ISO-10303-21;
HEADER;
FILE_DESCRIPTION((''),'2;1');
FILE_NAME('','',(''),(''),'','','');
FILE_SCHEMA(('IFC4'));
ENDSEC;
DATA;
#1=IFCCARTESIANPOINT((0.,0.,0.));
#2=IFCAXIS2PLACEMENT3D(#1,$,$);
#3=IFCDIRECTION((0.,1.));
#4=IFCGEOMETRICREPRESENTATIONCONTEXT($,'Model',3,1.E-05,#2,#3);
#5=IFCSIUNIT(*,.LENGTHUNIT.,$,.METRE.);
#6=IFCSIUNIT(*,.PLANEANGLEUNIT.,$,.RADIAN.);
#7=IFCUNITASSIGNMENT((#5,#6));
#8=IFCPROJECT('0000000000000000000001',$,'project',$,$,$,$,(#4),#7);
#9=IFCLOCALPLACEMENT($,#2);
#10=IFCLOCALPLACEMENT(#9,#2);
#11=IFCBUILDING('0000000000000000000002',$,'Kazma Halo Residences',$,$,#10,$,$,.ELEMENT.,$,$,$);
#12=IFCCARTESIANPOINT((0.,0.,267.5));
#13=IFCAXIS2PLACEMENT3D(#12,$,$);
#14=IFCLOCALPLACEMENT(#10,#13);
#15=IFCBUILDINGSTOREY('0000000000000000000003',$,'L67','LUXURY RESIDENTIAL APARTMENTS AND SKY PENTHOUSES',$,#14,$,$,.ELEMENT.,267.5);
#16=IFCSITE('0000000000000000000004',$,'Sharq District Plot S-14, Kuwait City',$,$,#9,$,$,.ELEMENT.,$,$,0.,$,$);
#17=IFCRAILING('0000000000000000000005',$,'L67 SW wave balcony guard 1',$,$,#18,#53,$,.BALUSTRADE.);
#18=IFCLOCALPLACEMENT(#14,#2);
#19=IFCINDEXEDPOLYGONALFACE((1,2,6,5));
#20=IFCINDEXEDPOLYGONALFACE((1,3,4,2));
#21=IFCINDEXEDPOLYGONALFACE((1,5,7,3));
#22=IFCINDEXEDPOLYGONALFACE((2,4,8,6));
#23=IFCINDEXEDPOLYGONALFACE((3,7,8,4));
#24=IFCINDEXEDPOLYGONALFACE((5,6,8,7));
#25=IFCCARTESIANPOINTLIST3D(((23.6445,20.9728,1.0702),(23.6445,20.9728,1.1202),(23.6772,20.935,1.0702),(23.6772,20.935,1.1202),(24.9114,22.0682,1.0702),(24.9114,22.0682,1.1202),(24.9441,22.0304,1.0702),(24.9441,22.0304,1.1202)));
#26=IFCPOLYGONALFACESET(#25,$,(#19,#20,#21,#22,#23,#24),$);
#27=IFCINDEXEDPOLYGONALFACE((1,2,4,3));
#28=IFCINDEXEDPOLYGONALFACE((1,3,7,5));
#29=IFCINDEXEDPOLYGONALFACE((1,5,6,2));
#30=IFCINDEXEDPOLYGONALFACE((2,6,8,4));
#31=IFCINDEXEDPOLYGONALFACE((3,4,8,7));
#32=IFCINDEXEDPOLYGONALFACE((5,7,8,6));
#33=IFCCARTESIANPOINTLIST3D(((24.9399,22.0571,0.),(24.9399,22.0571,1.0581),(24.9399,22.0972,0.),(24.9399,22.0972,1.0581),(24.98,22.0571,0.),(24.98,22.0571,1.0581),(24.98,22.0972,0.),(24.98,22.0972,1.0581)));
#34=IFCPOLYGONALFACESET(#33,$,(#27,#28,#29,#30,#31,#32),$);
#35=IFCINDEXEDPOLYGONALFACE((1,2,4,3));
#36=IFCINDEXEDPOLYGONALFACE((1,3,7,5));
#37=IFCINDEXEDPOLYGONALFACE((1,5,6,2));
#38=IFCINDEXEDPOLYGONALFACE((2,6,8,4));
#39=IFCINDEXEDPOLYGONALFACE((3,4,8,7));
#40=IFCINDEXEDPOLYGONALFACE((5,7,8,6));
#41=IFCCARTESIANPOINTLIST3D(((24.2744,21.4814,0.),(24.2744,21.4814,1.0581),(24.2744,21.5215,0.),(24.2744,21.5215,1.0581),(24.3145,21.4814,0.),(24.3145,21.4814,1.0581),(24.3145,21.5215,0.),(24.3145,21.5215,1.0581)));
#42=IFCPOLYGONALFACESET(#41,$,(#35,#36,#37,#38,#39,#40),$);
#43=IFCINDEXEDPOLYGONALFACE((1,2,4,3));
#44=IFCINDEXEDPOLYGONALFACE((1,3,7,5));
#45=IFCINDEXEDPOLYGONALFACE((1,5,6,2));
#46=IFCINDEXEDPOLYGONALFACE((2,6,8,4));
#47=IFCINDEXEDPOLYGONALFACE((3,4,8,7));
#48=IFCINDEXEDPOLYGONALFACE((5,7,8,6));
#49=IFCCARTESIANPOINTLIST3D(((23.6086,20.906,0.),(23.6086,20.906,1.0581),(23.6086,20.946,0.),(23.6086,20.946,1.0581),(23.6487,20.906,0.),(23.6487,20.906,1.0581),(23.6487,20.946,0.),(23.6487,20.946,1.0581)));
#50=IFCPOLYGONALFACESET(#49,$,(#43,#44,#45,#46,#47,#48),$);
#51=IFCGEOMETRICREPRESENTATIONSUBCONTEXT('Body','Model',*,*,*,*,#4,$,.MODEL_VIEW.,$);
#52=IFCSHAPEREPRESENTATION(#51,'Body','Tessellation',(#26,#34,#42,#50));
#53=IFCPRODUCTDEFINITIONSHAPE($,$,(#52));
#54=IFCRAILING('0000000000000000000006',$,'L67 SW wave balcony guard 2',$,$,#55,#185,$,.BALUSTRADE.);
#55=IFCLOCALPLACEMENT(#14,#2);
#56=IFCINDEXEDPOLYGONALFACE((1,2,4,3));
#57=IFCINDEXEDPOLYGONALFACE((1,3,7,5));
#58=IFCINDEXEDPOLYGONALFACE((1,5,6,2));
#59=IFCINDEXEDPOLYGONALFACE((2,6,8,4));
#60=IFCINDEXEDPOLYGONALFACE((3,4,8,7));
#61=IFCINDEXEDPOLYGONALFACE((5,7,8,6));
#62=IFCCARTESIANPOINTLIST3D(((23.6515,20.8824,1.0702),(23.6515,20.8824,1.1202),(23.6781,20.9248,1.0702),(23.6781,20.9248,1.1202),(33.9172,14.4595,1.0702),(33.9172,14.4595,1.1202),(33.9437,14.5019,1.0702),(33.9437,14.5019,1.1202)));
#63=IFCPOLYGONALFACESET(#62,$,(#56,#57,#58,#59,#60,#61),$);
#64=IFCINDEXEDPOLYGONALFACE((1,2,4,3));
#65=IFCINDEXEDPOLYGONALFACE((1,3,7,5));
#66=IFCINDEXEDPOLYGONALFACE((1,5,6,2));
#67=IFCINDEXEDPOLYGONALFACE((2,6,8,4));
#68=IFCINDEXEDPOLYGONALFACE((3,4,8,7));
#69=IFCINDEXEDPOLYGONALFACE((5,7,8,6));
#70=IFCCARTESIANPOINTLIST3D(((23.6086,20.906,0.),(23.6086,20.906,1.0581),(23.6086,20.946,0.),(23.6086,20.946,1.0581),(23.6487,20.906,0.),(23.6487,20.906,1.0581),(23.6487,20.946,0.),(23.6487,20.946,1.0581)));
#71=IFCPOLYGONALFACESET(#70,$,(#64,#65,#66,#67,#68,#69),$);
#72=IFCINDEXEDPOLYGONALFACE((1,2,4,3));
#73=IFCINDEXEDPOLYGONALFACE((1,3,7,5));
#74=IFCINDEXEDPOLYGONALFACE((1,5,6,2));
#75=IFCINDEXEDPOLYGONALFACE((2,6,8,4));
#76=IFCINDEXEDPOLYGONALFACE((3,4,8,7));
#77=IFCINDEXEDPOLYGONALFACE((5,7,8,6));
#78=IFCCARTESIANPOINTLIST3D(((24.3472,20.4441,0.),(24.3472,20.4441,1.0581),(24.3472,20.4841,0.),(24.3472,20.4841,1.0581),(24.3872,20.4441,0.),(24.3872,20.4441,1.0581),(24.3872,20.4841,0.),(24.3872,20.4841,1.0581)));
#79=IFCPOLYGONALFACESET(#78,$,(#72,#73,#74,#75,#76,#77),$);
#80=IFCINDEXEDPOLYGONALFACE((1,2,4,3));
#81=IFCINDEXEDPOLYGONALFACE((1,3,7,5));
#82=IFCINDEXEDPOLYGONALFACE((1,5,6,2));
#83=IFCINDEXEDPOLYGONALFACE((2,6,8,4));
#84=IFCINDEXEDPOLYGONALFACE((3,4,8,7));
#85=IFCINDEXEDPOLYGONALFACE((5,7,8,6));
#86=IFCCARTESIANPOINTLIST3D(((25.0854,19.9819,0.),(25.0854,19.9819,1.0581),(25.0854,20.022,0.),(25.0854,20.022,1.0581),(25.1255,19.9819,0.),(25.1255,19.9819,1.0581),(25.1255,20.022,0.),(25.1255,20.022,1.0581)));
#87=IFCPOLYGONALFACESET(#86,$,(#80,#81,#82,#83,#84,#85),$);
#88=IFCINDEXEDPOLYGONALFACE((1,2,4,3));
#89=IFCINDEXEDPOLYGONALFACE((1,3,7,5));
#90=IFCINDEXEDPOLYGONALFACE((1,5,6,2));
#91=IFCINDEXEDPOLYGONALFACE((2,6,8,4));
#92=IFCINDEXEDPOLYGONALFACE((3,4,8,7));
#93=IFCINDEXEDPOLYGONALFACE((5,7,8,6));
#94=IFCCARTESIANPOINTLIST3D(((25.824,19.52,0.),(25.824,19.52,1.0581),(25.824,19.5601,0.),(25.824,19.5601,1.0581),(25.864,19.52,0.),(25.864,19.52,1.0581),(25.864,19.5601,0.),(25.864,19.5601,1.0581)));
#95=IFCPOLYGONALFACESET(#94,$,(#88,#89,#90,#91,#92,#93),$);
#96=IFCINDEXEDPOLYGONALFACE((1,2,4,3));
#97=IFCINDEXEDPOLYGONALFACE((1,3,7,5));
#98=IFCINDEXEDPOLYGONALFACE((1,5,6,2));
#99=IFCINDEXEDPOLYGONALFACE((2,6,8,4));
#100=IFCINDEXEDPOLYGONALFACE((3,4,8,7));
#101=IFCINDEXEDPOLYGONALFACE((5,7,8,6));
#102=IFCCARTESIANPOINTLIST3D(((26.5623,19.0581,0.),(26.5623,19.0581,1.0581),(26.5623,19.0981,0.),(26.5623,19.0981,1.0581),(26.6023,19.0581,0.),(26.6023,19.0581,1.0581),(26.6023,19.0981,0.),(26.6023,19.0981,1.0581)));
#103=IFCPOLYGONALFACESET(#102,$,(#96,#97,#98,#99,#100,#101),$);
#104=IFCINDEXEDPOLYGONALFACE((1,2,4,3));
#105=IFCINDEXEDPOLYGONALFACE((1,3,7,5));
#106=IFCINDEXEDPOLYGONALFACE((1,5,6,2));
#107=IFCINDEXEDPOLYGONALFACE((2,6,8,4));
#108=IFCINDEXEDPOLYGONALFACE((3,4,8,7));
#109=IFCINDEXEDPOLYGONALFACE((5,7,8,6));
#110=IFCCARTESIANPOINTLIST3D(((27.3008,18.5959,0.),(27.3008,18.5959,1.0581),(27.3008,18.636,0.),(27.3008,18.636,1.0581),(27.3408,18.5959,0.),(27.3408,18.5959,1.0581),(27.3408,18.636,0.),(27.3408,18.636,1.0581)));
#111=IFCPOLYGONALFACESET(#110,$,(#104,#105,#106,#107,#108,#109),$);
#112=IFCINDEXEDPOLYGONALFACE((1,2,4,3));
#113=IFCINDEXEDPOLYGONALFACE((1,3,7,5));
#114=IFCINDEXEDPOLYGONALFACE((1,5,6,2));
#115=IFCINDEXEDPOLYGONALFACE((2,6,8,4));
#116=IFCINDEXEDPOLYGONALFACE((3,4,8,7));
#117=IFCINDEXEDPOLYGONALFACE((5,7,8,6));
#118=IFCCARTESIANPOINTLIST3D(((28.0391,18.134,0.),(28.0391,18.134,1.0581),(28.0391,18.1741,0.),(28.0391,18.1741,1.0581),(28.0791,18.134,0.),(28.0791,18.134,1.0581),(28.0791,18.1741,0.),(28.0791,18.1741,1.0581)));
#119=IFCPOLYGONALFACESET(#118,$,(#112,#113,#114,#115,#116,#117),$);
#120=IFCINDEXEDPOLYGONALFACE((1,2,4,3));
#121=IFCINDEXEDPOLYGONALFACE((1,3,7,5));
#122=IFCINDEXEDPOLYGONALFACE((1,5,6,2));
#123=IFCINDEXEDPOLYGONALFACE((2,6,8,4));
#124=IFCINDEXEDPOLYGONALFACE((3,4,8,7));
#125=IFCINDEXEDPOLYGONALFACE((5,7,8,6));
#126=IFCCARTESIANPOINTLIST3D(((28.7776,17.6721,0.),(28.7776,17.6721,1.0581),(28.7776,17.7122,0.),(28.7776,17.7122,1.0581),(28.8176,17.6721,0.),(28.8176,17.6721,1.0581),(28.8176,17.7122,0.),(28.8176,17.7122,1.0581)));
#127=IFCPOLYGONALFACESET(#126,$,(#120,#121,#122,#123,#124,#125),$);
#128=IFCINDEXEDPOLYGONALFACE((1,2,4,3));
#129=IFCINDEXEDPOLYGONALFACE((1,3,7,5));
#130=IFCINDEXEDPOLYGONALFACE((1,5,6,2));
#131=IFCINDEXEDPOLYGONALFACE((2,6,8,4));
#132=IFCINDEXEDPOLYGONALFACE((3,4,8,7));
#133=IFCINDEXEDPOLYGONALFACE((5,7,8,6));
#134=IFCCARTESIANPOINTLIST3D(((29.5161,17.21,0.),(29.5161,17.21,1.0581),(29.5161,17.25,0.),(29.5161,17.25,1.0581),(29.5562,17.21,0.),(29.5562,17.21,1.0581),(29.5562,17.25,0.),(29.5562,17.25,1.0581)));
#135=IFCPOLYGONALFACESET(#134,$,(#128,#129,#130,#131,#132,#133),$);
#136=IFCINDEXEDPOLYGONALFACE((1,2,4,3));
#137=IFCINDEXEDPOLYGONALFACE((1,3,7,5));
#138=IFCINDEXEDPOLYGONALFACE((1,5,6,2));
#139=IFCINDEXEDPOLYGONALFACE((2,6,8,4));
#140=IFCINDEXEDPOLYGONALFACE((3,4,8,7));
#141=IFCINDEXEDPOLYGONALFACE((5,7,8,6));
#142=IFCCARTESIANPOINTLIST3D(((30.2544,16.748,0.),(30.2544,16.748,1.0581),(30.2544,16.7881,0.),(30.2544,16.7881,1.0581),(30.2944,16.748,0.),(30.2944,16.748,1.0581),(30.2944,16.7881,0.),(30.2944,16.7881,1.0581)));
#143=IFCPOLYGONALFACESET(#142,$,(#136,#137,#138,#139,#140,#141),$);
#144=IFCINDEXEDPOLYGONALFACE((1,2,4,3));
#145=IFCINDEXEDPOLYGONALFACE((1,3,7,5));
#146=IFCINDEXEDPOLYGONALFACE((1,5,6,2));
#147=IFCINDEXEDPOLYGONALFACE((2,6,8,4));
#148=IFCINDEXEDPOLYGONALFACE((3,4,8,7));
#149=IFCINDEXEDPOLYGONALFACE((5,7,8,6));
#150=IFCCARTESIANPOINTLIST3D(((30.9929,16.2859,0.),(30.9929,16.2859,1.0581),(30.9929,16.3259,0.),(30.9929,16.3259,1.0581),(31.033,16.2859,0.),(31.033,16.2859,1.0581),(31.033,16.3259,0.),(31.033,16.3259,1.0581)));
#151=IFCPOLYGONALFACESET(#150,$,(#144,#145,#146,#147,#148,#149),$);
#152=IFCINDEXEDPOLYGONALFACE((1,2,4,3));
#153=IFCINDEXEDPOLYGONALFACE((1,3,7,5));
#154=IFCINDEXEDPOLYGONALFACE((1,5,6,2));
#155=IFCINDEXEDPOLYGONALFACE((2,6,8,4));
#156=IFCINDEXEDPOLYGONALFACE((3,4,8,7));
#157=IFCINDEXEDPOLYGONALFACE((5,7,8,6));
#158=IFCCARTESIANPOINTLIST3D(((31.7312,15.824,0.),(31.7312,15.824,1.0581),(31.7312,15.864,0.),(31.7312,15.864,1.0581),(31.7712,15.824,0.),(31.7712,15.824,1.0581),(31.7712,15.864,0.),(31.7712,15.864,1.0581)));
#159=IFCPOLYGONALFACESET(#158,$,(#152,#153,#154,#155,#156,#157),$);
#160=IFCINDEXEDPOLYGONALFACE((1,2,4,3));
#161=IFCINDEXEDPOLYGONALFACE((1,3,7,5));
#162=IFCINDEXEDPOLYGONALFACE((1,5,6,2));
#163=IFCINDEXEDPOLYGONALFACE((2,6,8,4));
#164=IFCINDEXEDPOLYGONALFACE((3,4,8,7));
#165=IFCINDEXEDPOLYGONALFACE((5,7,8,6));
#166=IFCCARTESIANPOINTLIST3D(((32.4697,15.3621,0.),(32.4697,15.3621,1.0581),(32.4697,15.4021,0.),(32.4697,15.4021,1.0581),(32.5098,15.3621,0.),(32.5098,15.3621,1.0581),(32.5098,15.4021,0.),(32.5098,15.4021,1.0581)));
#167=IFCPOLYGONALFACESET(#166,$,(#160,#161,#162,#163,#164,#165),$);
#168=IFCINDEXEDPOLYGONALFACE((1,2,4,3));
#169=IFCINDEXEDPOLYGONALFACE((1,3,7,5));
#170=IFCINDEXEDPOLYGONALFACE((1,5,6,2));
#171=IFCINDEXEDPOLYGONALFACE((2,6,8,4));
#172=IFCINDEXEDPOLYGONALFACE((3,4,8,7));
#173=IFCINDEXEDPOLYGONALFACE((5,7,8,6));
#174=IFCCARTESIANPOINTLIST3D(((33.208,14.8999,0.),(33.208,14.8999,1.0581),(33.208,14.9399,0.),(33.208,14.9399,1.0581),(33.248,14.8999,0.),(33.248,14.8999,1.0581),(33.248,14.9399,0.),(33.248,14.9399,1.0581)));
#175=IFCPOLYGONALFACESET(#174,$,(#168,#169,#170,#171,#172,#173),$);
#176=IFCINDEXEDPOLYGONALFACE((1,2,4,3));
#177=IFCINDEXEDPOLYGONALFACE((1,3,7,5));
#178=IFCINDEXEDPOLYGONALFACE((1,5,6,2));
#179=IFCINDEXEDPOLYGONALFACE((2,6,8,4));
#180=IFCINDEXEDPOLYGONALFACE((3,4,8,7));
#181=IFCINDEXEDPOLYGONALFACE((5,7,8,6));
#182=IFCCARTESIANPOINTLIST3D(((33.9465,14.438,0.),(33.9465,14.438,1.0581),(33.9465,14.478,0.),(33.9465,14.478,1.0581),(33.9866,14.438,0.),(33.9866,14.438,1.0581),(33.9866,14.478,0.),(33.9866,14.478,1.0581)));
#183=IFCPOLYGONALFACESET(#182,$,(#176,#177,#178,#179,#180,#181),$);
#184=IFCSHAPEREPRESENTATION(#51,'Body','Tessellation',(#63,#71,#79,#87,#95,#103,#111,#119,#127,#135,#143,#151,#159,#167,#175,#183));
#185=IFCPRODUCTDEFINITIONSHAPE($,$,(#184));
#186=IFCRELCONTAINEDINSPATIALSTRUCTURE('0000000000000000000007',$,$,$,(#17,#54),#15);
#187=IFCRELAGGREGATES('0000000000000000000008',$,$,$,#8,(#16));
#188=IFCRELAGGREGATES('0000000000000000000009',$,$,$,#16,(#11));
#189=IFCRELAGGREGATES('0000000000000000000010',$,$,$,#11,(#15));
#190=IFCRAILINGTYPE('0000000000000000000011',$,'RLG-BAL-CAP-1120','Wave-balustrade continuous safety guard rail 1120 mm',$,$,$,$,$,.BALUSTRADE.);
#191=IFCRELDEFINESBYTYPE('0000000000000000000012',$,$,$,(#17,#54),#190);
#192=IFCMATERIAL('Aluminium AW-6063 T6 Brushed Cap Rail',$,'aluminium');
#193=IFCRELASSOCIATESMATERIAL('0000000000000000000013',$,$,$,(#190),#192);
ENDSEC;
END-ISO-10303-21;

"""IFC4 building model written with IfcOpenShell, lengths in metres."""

from ifc_helpers import new_model, si_unit, direction, frame, origin, origin_2d, place, context, subcontext, project, spatial, rectangle, extrude, material, type_object, element, save


model = new_model("IFC4")

# Units and contexts
model_context = context("Model", 3, precision=1e-05, world=origin(), true_north=direction((0.0, 1.0)))
body_context = subcontext(model_context, "Body", "Model", "MODEL_VIEW")
ifc_project = project(units=[si_unit("LENGTHUNIT", "METRE"), si_unit("PLANEANGLEUNIT", "RADIAN")], contexts=[model_context])

# Site, building, storey
site_placement = place(None, origin())
site = spatial("IfcSite", under=ifc_project, at=site_placement, Name="Sharq District Plot S-14, Kuwait City", CompositionType="ELEMENT", RefElevation=0.0)
building_placement = place(site_placement, origin())
building = spatial("IfcBuilding", under=site, at=building_placement, Name="Kazma Halo Residences", CompositionType="ELEMENT")
storey_placement = place(building_placement, frame((0.0, 0.0, 267.5)))
storey = spatial("IfcBuildingStorey", under=building, at=storey_placement, Name="L67", Description="LUXURY RESIDENTIAL APARTMENTS AND SKY PENTHOUSES", CompositionType="ELEMENT", Elevation=267.5)

# Railings
ifc_material_1 = material(Name="Aluminium AW-6063 T6 Brushed Cap Rail", Category="aluminium")
railing_type = type_object("IfcRailingType", Name="RLG-BAL-CAP-1120", Description="Wave-balustrade continuous safety guard rail 1120 mm", PredefinedType="BALUSTRADE", material=ifc_material_1)
railing_1_placement = place(storey_placement, frame((24.96, 22.0771, 0.0)))
element("IfcRailing", 1, at=railing_1_placement, inside=storey, type_object=railing_type, Name="L67 SW wave balcony guard 1", PredefinedType="BALUSTRADE", context=body_context, shape_type="SweptSolid", body=[
    extrude(rectangle(XDim=0.05, YDim=0.05, at=origin_2d()), frame((-0.0322, -0.0278, 1.0952), z_axis=(-0.756439, -0.654064, 0.0), x_axis=(0.654064, -0.756439, 0.0)), (0.0, 0.0, 1.0), 1.6748),
    extrude(rectangle(XDim=0.04, YDim=0.04, at=origin_2d()), origin(), (0.0, 0.0, 1.0), 1.0581),
    extrude(rectangle(XDim=0.04, YDim=0.04, at=origin_2d()), frame((-0.6655, -0.5757, 0.0)), (0.0, 0.0, 1.0), 1.0581),
    extrude(rectangle(XDim=0.04, YDim=0.04, at=origin_2d()), frame((-1.3313, -1.1511, 0.0)), (0.0, 0.0, 1.0), 1.0581),
])
railing_2_placement = place(storey_placement, frame((23.6287, 20.926, 0.0)))
element("IfcRailing", 2, at=railing_2_placement, inside=storey, type_object=railing_type, Name="L67 SW wave balcony guard 2", PredefinedType="BALUSTRADE", context=body_context, shape_type="SweptSolid", body=[
    extrude(rectangle(XDim=0.05, YDim=0.05, at=origin_2d()), frame((0.0361, -0.0225, 1.0952), z_axis=(0.847746, -0.530402, 0.0), x_axis=(0.530402, 0.847746, 0.0)), (0.0, 0.0, 1.0), 12.1094),
    extrude(rectangle(XDim=0.04, YDim=0.04, at=origin_2d()), origin(), (0.0, 0.0, 1.0), 1.0581),
    extrude(rectangle(XDim=0.04, YDim=0.04, at=origin_2d()), frame((0.7385, -0.4619, 0.0)), (0.0, 0.0, 1.0), 1.0581),
    extrude(rectangle(XDim=0.04, YDim=0.04, at=origin_2d()), frame((1.4768, -0.9241, 0.0)), (0.0, 0.0, 1.0), 1.0581),
    extrude(rectangle(XDim=0.04, YDim=0.04, at=origin_2d()), frame((2.2153, -1.386, 0.0)), (0.0, 0.0, 1.0), 1.0581),
    extrude(rectangle(XDim=0.04, YDim=0.04, at=origin_2d()), frame((2.9536, -1.8479, 0.0)), (0.0, 0.0, 1.0), 1.0581),
    extrude(rectangle(XDim=0.04, YDim=0.04, at=origin_2d()), frame((3.6921, -2.3101, 0.0)), (0.0, 0.0, 1.0), 1.0581),
    extrude(rectangle(XDim=0.04, YDim=0.04, at=origin_2d()), frame((4.4304, -2.772, 0.0)), (0.0, 0.0, 1.0), 1.0581),
    extrude(rectangle(XDim=0.04, YDim=0.04, at=origin_2d()), frame((5.1689, -3.2339, 0.0)), (0.0, 0.0, 1.0), 1.0581),
    extrude(rectangle(XDim=0.04, YDim=0.04, at=origin_2d()), frame((5.9075, -3.696, 0.0)), (0.0, 0.0, 1.0), 1.0581),
    extrude(rectangle(XDim=0.04, YDim=0.04, at=origin_2d()), frame((6.6458, -4.158, 0.0)), (0.0, 0.0, 1.0), 1.0581),
    extrude(rectangle(XDim=0.04, YDim=0.04, at=origin_2d()), frame((7.3843, -4.6201, 0.0)), (0.0, 0.0, 1.0), 1.0581),
    extrude(rectangle(XDim=0.04, YDim=0.04, at=origin_2d()), frame((8.1226, -5.082, 0.0)), (0.0, 0.0, 1.0), 1.0581),
    extrude(rectangle(XDim=0.04, YDim=0.04, at=origin_2d()), frame((8.8611, -5.5439, 0.0)), (0.0, 0.0, 1.0), 1.0581),
    extrude(rectangle(XDim=0.04, YDim=0.04, at=origin_2d()), frame((9.5994, -6.0061, 0.0)), (0.0, 0.0, 1.0), 1.0581),
    extrude(rectangle(XDim=0.04, YDim=0.04, at=origin_2d()), frame((10.3379, -6.468, 0.0)), (0.0, 0.0, 1.0), 1.0581),
])

save(model, "model.ifc")
